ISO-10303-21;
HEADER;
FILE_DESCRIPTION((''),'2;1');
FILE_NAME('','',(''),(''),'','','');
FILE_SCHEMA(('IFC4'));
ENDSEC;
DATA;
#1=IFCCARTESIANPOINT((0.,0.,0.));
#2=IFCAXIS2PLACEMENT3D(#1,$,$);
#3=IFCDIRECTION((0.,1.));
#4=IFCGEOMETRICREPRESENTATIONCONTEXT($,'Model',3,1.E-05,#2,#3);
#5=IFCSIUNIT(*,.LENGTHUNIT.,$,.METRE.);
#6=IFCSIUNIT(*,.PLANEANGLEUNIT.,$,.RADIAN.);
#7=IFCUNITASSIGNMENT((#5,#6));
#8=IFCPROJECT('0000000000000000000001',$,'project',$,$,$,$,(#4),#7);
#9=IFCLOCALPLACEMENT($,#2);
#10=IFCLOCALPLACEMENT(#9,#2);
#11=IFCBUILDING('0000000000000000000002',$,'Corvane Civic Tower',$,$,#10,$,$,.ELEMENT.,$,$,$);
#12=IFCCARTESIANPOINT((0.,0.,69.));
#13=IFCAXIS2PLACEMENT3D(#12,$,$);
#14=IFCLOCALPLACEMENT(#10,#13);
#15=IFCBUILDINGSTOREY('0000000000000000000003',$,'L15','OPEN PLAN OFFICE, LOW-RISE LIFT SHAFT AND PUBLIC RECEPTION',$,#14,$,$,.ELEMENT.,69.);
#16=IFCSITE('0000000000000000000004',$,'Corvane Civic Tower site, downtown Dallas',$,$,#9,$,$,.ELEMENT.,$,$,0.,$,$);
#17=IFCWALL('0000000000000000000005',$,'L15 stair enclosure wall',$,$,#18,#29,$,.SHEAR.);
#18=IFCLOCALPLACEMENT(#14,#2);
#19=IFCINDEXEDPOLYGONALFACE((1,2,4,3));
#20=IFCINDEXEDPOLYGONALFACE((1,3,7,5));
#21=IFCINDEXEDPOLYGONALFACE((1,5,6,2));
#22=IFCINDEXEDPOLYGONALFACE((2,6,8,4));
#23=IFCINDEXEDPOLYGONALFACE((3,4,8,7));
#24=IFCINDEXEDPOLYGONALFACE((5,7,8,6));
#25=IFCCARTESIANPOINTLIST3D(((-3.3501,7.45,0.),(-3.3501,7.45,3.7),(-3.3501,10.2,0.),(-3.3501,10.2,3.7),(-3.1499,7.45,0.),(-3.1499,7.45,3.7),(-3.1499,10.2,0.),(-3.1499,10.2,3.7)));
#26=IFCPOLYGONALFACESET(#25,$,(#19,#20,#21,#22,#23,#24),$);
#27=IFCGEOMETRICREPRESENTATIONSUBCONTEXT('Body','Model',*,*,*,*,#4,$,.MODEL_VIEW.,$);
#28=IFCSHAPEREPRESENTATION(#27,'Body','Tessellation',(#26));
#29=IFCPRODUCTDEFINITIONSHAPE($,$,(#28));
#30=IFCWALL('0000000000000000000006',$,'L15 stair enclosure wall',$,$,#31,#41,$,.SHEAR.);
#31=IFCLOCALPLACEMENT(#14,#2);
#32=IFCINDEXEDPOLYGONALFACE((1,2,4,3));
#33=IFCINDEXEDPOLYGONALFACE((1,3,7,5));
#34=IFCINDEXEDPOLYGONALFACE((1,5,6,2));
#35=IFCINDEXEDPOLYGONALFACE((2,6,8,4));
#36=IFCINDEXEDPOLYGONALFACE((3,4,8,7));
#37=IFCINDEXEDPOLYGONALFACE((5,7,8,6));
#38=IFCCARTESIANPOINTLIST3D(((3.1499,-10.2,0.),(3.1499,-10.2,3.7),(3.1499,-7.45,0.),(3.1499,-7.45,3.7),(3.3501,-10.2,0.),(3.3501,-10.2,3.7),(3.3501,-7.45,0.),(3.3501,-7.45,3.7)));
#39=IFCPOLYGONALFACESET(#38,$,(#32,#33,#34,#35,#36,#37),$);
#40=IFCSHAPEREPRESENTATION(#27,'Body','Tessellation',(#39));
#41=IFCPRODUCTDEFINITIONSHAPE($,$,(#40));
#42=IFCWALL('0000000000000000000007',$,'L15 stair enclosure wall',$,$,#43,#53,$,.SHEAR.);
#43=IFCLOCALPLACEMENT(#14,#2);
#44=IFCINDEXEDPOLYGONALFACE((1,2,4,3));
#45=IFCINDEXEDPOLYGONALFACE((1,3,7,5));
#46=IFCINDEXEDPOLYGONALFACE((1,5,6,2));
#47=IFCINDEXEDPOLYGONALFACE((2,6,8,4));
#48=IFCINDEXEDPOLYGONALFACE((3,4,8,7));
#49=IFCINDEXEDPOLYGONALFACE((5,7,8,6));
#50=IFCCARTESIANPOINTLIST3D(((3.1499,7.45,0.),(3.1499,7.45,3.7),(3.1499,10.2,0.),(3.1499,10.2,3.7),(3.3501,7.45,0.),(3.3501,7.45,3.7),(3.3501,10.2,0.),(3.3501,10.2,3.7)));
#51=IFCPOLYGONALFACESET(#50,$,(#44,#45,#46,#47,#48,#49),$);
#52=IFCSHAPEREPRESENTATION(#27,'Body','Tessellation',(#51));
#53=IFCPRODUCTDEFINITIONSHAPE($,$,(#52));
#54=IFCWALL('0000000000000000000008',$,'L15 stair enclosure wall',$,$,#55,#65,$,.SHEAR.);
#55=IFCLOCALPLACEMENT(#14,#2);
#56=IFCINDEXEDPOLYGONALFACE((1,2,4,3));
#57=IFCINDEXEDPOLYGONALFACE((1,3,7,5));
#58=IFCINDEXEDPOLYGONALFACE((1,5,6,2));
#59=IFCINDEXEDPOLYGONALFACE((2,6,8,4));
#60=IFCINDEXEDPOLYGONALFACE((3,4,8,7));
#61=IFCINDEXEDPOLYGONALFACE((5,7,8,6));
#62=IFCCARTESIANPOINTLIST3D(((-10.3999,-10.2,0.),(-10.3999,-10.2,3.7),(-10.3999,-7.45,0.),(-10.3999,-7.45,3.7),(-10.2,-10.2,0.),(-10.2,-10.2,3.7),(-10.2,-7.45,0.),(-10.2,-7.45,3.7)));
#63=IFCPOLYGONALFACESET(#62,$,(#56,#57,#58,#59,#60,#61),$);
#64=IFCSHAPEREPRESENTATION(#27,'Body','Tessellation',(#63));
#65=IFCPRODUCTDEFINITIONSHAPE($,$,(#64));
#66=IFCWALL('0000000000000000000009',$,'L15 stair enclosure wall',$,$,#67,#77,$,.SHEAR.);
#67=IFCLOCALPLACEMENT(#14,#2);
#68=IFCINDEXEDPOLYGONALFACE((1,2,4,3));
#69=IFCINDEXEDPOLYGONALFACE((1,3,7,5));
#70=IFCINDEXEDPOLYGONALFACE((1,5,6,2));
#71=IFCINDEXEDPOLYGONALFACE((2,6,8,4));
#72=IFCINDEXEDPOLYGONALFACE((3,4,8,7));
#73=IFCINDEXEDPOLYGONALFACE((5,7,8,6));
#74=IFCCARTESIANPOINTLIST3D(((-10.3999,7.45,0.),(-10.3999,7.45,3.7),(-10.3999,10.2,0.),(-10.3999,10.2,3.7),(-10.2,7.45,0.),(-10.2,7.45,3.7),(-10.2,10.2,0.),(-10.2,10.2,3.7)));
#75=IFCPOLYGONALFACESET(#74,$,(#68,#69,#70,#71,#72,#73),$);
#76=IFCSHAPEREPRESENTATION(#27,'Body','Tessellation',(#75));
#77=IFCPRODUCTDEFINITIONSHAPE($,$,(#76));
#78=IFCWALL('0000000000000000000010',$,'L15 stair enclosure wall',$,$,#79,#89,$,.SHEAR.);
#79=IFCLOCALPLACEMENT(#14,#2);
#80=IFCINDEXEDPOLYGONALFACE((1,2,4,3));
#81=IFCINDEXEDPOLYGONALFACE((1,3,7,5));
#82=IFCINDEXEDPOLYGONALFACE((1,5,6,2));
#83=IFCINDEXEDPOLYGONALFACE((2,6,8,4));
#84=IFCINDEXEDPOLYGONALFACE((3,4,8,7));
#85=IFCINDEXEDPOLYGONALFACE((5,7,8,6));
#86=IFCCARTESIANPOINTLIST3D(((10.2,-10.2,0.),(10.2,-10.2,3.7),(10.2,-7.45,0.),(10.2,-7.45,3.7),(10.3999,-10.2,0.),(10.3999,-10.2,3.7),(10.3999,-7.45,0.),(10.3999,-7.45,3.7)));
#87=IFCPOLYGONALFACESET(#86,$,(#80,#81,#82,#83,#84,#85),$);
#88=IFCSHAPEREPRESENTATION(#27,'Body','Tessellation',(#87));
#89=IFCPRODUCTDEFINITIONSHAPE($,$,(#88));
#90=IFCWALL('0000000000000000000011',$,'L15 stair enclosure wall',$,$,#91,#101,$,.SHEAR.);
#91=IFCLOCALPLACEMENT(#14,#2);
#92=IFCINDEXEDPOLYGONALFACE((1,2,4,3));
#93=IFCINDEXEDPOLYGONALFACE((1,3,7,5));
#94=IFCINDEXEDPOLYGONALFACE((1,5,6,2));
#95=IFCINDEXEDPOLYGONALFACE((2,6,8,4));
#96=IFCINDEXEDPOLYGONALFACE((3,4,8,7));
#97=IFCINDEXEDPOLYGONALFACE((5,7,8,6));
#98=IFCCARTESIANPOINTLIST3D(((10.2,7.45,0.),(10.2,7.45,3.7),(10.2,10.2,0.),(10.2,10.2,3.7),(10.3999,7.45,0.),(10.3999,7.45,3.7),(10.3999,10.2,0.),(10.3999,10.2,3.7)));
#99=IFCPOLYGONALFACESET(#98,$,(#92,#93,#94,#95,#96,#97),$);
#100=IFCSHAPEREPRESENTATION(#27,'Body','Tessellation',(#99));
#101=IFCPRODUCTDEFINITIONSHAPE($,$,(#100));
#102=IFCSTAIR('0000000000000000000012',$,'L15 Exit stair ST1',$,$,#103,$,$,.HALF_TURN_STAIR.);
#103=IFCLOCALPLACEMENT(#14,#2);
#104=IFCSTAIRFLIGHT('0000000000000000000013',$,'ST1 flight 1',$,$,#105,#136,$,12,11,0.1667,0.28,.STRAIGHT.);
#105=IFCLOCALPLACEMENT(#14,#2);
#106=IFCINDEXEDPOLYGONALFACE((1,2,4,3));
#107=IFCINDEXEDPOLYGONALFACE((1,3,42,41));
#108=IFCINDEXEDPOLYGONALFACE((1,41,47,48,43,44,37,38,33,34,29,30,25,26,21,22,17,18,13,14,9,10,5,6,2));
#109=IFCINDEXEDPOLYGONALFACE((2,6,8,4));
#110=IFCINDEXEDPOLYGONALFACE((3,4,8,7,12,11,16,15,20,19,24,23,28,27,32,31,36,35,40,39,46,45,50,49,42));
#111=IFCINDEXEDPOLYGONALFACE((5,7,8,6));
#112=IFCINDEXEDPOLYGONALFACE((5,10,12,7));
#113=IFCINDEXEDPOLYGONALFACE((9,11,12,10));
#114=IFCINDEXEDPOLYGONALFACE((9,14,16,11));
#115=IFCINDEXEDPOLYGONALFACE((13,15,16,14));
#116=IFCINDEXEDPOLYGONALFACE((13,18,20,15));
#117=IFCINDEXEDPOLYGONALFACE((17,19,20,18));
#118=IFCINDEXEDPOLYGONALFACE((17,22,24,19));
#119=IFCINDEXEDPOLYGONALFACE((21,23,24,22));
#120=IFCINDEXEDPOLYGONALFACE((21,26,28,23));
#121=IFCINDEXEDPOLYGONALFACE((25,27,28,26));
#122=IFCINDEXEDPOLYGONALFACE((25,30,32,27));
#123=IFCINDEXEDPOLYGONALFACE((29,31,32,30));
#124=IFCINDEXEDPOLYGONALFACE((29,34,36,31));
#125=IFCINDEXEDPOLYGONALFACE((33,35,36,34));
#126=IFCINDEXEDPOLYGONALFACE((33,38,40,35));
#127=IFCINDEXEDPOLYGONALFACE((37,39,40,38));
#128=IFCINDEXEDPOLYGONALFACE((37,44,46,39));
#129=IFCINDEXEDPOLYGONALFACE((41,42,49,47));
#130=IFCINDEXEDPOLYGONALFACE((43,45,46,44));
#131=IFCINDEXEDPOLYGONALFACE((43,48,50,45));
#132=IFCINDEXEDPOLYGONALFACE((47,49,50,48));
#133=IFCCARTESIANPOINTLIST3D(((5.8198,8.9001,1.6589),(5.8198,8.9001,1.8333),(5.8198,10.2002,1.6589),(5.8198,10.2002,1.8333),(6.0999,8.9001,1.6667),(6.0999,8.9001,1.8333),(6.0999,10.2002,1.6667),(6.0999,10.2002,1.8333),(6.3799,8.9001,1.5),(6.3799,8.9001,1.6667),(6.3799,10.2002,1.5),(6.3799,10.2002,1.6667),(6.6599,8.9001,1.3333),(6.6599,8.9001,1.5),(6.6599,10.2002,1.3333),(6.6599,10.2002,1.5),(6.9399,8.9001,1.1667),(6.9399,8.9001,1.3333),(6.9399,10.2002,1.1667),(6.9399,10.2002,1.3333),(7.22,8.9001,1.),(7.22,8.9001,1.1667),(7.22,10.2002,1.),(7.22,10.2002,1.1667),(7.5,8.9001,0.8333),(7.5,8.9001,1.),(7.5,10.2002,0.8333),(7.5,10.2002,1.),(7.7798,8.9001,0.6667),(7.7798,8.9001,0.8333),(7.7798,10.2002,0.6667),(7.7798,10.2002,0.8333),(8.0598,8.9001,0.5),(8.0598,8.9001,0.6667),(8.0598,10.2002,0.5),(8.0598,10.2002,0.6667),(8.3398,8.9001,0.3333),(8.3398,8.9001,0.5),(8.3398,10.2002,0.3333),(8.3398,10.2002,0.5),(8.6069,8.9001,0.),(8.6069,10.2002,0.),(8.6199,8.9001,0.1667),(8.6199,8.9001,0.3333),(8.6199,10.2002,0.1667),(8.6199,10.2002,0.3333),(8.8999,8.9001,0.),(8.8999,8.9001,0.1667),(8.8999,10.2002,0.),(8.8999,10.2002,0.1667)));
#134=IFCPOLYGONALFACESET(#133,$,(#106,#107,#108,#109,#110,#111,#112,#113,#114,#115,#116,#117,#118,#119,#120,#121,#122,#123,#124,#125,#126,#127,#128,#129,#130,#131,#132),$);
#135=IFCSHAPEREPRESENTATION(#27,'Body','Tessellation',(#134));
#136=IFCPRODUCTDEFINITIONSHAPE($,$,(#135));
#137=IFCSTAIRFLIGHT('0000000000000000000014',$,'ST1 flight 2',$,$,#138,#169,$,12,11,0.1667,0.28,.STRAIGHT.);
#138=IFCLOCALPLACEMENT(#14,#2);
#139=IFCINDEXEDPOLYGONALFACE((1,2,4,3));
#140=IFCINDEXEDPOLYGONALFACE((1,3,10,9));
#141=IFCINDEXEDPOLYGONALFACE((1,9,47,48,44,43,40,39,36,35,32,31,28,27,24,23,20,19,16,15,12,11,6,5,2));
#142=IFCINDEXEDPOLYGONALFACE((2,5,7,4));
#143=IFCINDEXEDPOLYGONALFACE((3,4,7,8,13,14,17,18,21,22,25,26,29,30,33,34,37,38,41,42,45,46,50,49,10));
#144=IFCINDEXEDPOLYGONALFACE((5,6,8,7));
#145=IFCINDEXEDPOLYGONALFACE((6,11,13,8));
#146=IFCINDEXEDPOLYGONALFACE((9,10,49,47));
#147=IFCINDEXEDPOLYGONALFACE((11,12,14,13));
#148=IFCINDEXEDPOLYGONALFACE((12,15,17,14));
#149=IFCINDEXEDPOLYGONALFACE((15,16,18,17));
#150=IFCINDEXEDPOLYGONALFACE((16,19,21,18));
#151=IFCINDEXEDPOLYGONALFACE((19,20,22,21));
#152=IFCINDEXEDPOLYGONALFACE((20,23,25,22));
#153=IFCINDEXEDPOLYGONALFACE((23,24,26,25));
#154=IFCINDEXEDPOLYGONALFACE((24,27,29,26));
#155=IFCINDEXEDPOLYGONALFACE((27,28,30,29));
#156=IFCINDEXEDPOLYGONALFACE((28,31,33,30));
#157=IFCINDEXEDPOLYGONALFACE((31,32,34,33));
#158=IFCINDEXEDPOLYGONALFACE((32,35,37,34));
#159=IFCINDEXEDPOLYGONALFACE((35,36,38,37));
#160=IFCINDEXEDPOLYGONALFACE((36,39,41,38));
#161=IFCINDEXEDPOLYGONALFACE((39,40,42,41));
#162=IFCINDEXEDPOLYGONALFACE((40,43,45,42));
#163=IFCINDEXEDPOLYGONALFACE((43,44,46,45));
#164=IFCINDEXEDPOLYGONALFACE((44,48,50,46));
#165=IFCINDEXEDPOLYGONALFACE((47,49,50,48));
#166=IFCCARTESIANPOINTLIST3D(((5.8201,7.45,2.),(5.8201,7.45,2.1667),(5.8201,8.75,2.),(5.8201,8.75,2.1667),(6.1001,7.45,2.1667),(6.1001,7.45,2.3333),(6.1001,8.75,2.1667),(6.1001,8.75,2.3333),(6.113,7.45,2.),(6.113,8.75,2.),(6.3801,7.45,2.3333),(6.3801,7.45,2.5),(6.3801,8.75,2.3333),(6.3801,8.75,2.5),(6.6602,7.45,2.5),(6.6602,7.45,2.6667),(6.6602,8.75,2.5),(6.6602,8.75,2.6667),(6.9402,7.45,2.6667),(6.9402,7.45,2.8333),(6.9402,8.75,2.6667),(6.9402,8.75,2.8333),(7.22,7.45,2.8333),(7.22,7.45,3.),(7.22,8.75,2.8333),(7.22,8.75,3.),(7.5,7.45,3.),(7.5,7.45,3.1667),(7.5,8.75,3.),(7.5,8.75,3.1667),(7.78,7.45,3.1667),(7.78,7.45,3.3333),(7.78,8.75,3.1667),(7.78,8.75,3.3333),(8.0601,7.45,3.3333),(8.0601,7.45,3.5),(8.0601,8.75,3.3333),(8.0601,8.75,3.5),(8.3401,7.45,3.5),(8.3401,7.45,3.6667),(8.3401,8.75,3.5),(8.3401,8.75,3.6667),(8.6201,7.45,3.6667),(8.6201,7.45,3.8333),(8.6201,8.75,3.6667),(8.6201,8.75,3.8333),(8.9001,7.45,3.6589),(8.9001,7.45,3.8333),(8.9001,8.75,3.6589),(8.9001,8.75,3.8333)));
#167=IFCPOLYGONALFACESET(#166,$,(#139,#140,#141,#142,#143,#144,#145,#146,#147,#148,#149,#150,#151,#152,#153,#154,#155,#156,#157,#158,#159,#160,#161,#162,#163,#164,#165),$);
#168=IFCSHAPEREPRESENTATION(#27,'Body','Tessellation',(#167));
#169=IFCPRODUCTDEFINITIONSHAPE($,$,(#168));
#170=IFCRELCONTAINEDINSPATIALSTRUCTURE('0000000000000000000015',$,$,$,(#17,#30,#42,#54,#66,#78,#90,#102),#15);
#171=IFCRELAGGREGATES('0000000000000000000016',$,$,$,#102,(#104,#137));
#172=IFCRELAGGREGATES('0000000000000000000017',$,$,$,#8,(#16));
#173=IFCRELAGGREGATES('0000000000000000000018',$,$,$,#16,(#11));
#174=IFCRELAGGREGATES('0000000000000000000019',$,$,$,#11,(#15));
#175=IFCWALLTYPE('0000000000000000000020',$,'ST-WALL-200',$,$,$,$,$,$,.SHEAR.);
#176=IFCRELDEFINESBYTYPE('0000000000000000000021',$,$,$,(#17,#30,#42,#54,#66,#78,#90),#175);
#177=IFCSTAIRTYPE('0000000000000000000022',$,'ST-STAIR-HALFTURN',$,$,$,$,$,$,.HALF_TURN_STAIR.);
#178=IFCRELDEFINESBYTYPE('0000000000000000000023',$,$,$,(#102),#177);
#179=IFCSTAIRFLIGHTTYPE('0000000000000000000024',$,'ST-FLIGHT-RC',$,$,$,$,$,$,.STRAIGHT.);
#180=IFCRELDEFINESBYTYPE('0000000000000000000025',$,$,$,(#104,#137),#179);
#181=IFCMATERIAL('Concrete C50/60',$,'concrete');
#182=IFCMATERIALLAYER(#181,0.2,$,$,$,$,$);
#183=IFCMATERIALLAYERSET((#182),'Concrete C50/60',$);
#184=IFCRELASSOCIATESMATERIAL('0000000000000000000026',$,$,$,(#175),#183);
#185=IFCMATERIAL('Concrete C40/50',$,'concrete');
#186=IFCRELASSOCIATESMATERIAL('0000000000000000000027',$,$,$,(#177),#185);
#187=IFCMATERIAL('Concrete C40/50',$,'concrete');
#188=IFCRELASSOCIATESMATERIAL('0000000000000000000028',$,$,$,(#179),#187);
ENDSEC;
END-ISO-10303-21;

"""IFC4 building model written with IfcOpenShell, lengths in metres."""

from ifc_helpers import new_model, si_unit, direction, frame, origin, place, context, subcontext, project, spatial, polyline, outline, extrude, material, layer, layer_set, type_object, element, aggregate, save


model = new_model("IFC4")

# Units and contexts
model_context = context("Model", 3, precision=1e-05, world=origin(), true_north=direction((0.0, 1.0)))
body_context = subcontext(model_context, "Body", "Model", "MODEL_VIEW")
ifc_project = project(units=[si_unit("LENGTHUNIT", "METRE"), si_unit("PLANEANGLEUNIT", "RADIAN")], contexts=[model_context])

# Site, building, storey
site_placement = place(None, origin())
site = spatial("IfcSite", under=ifc_project, at=site_placement, Name="Corvane Civic Tower site, downtown Dallas", CompositionType="ELEMENT", RefElevation=0.0)
building_placement = place(site_placement, origin())
building = spatial("IfcBuilding", under=site, at=building_placement, Name="Corvane Civic Tower", CompositionType="ELEMENT")
storey_placement = place(building_placement, frame((0.0, 0.0, 69.0)))
storey = spatial("IfcBuildingStorey", under=building, at=storey_placement, Name="L15", Description="OPEN PLAN OFFICE, LOW-RISE LIFT SHAFT AND PUBLIC RECEPTION", CompositionType="ELEMENT", Elevation=69.0)

# Shared definitions
ifc_material_1 = material(Name="Concrete C50/60", Category="concrete")
ifc_layer_1 = layer(ifc_material_1, 0.2)
ifc_layer_set_1 = layer_set([ifc_layer_1], Name="Concrete C50/60")
wall_type_1 = type_object("IfcWallType", Name="ST-WALL-200", PredefinedType="SHEAR", material=ifc_layer_set_1)

# Walls
wall_1_placement = place(storey_placement, origin())
element("IfcWall", 1, at=wall_1_placement, inside=storey, type_object=wall_type_1, Name="L15 stair enclosure wall", PredefinedType="SHEAR", context=body_context, shape_type="SweptSolid", body=[
    extrude(outline(polyline([(-3.1499, 7.45), (-3.3501, 7.45), (-3.3501, 10.2), (-3.1499, 10.2), (-3.1499, 7.45)])), origin(), (0.0, 0.0, 1.0), 3.7),
])
wall_2_placement = place(storey_placement, origin())
element("IfcWall", 2, at=wall_2_placement, inside=storey, type_object=wall_type_1, Name="L15 stair enclosure wall", PredefinedType="SHEAR", context=body_context, shape_type="SweptSolid", body=[
    extrude(outline(polyline([(3.3501, -7.45), (3.3501, -10.2), (3.1499, -10.2), (3.1499, -7.45), (3.3501, -7.45)])), origin(), (0.0, 0.0, 1.0), 3.7),
])
wall_3_placement = place(storey_placement, origin())
element("IfcWall", 3, at=wall_3_placement, inside=storey, type_object=wall_type_1, Name="L15 stair enclosure wall", PredefinedType="SHEAR", context=body_context, shape_type="SweptSolid", body=[
    extrude(outline(polyline([(3.3501, 7.45), (3.1499, 7.45), (3.1499, 10.2), (3.3501, 10.2), (3.3501, 7.45)])), origin(), (0.0, 0.0, 1.0), 3.7),
])
wall_4_placement = place(storey_placement, origin())
element("IfcWall", 4, at=wall_4_placement, inside=storey, type_object=wall_type_1, Name="L15 stair enclosure wall", PredefinedType="SHEAR", context=body_context, shape_type="SweptSolid", body=[
    extrude(outline(polyline([(-10.2, -7.45), (-10.2, -10.2), (-10.3999, -10.2), (-10.3999, -7.45), (-10.2, -7.45)])), origin(), (0.0, 0.0, 1.0), 3.7),
])
wall_5_placement = place(storey_placement, origin())
element("IfcWall", 5, at=wall_5_placement, inside=storey, type_object=wall_type_1, Name="L15 stair enclosure wall", PredefinedType="SHEAR", context=body_context, shape_type="SweptSolid", body=[
    extrude(outline(polyline([(-10.2, 7.45), (-10.3999, 7.45), (-10.3999, 10.2), (-10.2, 10.2), (-10.2, 7.45)])), origin(), (0.0, 0.0, 1.0), 3.7),
])
wall_6_placement = place(storey_placement, origin())
element("IfcWall", 6, at=wall_6_placement, inside=storey, type_object=wall_type_1, Name="L15 stair enclosure wall", PredefinedType="SHEAR", context=body_context, shape_type="SweptSolid", body=[
    extrude(outline(polyline([(10.3999, -7.45), (10.3999, -10.2), (10.2, -10.2), (10.2, -7.45), (10.3999, -7.45)])), origin(), (0.0, 0.0, 1.0), 3.7),
])
wall_7_placement = place(storey_placement, origin())
element("IfcWall", 7, at=wall_7_placement, inside=storey, type_object=wall_type_1, Name="L15 stair enclosure wall", PredefinedType="SHEAR", context=body_context, shape_type="SweptSolid", body=[
    extrude(outline(polyline([(10.3999, 7.45), (10.2, 7.45), (10.2, 10.2), (10.3999, 10.2), (10.3999, 7.45)])), origin(), (0.0, 0.0, 1.0), 3.7),
])

# Stair, stair flights
ifc_material_2 = material(Name="Concrete C40/50", Category="concrete")
stair_type = type_object("IfcStairType", Name="ST-STAIR-HALFTURN", PredefinedType="HALF_TURN_STAIR", material=ifc_material_2)
stair_placement = place(storey_placement, origin())
stair = element("IfcStair", 8, at=stair_placement, inside=storey, type_object=stair_type, Name="L15 Exit stair ST1", PredefinedType="HALF_TURN_STAIR")
ifc_material_3 = material(Name="Concrete C40/50", Category="concrete")
stair_flight_type = type_object("IfcStairFlightType", Name="ST-FLIGHT-RC", PredefinedType="STRAIGHT", material=ifc_material_3)
stair_flight_1_placement = place(storey_placement, frame((8.8999, 9.55, 0.0), z_axis=(0.0, 0.0, 1.0), x_axis=(-1.0, 0.0, 0.0)))
stair_flight_1 = element("IfcStairFlight", 9, at=stair_flight_1_placement, type_object=stair_flight_type, Name="ST1 flight 1", NumberOfRisers=12, NumberOfTreads=11, PredefinedType="STRAIGHT", RiserHeight=0.1667, TreadLength=0.28, context=body_context, shape_type="SweptSolid", body=[
    extrude(outline(polyline([(0.0, 0.0), (0.0, 0.1667), (0.28, 0.1667), (0.28, 0.3333), (0.5601, 0.3333), (0.5601, 0.5), (0.8401, 0.5), (0.8401, 0.6667), (1.1201, 0.6667), (1.1201, 0.8333), (1.3999, 0.8333), (1.3999, 1.0), (1.6799, 1.0), (1.6799, 1.1667), (1.96, 1.1667), (1.96, 1.3333), (2.24, 1.3333), (2.24, 1.5), (2.52, 1.5), (2.52, 1.6667), (2.8, 1.6667), (2.8, 1.8333), (3.0801, 1.8333), (3.0801, 2.0), (3.0801, 1.6589), (0.293, 0.0), (0.0, 0.0)])), frame((0.0, 0.6499, 0.0), z_axis=(0.0, -1.0, 0.0), x_axis=(1.0, 0.0, 0.0)), (0.0, 0.0, 1.0), 1.3),
])
stair_flight_2_placement = place(storey_placement, frame((5.8201, 8.1001, 2.0), z_axis=(0.0, 0.0, 1.0), x_axis=(1.0, 0.0, 0.0)))
stair_flight_2 = element("IfcStairFlight", 10, at=stair_flight_2_placement, type_object=stair_flight_type, Name="ST1 flight 2", NumberOfRisers=12, NumberOfTreads=11, PredefinedType="STRAIGHT", RiserHeight=0.1667, TreadLength=0.28, context=body_context, shape_type="SweptSolid", body=[
    extrude(outline(polyline([(0.0, 0.0), (0.0, 0.1667), (0.28, 0.1667), (0.28, 0.3333), (0.5601, 0.3333), (0.5601, 0.5), (0.8401, 0.5), (0.8401, 0.6667), (1.1201, 0.6667), (1.1201, 0.8333), (1.3999, 0.8333), (1.3999, 1.0), (1.6799, 1.0), (1.6799, 1.1667), (1.96, 1.1667), (1.96, 1.3333), (2.24, 1.3333), (2.24, 1.5), (2.52, 1.5), (2.52, 1.6667), (2.8, 1.6667), (2.8, 1.8333), (3.0801, 1.8333), (3.0801, 2.0), (3.0801, 1.6589), (0.293, 0.0), (0.0, 0.0)])), frame((0.0, 0.6499, 0.0), z_axis=(0.0, -1.0, 0.0), x_axis=(1.0, 0.0, 0.0)), (0.0, 0.0, 1.0), 1.3),
])
aggregate(stair, [stair_flight_1, stair_flight_2])

save(model, "model.ifc")
